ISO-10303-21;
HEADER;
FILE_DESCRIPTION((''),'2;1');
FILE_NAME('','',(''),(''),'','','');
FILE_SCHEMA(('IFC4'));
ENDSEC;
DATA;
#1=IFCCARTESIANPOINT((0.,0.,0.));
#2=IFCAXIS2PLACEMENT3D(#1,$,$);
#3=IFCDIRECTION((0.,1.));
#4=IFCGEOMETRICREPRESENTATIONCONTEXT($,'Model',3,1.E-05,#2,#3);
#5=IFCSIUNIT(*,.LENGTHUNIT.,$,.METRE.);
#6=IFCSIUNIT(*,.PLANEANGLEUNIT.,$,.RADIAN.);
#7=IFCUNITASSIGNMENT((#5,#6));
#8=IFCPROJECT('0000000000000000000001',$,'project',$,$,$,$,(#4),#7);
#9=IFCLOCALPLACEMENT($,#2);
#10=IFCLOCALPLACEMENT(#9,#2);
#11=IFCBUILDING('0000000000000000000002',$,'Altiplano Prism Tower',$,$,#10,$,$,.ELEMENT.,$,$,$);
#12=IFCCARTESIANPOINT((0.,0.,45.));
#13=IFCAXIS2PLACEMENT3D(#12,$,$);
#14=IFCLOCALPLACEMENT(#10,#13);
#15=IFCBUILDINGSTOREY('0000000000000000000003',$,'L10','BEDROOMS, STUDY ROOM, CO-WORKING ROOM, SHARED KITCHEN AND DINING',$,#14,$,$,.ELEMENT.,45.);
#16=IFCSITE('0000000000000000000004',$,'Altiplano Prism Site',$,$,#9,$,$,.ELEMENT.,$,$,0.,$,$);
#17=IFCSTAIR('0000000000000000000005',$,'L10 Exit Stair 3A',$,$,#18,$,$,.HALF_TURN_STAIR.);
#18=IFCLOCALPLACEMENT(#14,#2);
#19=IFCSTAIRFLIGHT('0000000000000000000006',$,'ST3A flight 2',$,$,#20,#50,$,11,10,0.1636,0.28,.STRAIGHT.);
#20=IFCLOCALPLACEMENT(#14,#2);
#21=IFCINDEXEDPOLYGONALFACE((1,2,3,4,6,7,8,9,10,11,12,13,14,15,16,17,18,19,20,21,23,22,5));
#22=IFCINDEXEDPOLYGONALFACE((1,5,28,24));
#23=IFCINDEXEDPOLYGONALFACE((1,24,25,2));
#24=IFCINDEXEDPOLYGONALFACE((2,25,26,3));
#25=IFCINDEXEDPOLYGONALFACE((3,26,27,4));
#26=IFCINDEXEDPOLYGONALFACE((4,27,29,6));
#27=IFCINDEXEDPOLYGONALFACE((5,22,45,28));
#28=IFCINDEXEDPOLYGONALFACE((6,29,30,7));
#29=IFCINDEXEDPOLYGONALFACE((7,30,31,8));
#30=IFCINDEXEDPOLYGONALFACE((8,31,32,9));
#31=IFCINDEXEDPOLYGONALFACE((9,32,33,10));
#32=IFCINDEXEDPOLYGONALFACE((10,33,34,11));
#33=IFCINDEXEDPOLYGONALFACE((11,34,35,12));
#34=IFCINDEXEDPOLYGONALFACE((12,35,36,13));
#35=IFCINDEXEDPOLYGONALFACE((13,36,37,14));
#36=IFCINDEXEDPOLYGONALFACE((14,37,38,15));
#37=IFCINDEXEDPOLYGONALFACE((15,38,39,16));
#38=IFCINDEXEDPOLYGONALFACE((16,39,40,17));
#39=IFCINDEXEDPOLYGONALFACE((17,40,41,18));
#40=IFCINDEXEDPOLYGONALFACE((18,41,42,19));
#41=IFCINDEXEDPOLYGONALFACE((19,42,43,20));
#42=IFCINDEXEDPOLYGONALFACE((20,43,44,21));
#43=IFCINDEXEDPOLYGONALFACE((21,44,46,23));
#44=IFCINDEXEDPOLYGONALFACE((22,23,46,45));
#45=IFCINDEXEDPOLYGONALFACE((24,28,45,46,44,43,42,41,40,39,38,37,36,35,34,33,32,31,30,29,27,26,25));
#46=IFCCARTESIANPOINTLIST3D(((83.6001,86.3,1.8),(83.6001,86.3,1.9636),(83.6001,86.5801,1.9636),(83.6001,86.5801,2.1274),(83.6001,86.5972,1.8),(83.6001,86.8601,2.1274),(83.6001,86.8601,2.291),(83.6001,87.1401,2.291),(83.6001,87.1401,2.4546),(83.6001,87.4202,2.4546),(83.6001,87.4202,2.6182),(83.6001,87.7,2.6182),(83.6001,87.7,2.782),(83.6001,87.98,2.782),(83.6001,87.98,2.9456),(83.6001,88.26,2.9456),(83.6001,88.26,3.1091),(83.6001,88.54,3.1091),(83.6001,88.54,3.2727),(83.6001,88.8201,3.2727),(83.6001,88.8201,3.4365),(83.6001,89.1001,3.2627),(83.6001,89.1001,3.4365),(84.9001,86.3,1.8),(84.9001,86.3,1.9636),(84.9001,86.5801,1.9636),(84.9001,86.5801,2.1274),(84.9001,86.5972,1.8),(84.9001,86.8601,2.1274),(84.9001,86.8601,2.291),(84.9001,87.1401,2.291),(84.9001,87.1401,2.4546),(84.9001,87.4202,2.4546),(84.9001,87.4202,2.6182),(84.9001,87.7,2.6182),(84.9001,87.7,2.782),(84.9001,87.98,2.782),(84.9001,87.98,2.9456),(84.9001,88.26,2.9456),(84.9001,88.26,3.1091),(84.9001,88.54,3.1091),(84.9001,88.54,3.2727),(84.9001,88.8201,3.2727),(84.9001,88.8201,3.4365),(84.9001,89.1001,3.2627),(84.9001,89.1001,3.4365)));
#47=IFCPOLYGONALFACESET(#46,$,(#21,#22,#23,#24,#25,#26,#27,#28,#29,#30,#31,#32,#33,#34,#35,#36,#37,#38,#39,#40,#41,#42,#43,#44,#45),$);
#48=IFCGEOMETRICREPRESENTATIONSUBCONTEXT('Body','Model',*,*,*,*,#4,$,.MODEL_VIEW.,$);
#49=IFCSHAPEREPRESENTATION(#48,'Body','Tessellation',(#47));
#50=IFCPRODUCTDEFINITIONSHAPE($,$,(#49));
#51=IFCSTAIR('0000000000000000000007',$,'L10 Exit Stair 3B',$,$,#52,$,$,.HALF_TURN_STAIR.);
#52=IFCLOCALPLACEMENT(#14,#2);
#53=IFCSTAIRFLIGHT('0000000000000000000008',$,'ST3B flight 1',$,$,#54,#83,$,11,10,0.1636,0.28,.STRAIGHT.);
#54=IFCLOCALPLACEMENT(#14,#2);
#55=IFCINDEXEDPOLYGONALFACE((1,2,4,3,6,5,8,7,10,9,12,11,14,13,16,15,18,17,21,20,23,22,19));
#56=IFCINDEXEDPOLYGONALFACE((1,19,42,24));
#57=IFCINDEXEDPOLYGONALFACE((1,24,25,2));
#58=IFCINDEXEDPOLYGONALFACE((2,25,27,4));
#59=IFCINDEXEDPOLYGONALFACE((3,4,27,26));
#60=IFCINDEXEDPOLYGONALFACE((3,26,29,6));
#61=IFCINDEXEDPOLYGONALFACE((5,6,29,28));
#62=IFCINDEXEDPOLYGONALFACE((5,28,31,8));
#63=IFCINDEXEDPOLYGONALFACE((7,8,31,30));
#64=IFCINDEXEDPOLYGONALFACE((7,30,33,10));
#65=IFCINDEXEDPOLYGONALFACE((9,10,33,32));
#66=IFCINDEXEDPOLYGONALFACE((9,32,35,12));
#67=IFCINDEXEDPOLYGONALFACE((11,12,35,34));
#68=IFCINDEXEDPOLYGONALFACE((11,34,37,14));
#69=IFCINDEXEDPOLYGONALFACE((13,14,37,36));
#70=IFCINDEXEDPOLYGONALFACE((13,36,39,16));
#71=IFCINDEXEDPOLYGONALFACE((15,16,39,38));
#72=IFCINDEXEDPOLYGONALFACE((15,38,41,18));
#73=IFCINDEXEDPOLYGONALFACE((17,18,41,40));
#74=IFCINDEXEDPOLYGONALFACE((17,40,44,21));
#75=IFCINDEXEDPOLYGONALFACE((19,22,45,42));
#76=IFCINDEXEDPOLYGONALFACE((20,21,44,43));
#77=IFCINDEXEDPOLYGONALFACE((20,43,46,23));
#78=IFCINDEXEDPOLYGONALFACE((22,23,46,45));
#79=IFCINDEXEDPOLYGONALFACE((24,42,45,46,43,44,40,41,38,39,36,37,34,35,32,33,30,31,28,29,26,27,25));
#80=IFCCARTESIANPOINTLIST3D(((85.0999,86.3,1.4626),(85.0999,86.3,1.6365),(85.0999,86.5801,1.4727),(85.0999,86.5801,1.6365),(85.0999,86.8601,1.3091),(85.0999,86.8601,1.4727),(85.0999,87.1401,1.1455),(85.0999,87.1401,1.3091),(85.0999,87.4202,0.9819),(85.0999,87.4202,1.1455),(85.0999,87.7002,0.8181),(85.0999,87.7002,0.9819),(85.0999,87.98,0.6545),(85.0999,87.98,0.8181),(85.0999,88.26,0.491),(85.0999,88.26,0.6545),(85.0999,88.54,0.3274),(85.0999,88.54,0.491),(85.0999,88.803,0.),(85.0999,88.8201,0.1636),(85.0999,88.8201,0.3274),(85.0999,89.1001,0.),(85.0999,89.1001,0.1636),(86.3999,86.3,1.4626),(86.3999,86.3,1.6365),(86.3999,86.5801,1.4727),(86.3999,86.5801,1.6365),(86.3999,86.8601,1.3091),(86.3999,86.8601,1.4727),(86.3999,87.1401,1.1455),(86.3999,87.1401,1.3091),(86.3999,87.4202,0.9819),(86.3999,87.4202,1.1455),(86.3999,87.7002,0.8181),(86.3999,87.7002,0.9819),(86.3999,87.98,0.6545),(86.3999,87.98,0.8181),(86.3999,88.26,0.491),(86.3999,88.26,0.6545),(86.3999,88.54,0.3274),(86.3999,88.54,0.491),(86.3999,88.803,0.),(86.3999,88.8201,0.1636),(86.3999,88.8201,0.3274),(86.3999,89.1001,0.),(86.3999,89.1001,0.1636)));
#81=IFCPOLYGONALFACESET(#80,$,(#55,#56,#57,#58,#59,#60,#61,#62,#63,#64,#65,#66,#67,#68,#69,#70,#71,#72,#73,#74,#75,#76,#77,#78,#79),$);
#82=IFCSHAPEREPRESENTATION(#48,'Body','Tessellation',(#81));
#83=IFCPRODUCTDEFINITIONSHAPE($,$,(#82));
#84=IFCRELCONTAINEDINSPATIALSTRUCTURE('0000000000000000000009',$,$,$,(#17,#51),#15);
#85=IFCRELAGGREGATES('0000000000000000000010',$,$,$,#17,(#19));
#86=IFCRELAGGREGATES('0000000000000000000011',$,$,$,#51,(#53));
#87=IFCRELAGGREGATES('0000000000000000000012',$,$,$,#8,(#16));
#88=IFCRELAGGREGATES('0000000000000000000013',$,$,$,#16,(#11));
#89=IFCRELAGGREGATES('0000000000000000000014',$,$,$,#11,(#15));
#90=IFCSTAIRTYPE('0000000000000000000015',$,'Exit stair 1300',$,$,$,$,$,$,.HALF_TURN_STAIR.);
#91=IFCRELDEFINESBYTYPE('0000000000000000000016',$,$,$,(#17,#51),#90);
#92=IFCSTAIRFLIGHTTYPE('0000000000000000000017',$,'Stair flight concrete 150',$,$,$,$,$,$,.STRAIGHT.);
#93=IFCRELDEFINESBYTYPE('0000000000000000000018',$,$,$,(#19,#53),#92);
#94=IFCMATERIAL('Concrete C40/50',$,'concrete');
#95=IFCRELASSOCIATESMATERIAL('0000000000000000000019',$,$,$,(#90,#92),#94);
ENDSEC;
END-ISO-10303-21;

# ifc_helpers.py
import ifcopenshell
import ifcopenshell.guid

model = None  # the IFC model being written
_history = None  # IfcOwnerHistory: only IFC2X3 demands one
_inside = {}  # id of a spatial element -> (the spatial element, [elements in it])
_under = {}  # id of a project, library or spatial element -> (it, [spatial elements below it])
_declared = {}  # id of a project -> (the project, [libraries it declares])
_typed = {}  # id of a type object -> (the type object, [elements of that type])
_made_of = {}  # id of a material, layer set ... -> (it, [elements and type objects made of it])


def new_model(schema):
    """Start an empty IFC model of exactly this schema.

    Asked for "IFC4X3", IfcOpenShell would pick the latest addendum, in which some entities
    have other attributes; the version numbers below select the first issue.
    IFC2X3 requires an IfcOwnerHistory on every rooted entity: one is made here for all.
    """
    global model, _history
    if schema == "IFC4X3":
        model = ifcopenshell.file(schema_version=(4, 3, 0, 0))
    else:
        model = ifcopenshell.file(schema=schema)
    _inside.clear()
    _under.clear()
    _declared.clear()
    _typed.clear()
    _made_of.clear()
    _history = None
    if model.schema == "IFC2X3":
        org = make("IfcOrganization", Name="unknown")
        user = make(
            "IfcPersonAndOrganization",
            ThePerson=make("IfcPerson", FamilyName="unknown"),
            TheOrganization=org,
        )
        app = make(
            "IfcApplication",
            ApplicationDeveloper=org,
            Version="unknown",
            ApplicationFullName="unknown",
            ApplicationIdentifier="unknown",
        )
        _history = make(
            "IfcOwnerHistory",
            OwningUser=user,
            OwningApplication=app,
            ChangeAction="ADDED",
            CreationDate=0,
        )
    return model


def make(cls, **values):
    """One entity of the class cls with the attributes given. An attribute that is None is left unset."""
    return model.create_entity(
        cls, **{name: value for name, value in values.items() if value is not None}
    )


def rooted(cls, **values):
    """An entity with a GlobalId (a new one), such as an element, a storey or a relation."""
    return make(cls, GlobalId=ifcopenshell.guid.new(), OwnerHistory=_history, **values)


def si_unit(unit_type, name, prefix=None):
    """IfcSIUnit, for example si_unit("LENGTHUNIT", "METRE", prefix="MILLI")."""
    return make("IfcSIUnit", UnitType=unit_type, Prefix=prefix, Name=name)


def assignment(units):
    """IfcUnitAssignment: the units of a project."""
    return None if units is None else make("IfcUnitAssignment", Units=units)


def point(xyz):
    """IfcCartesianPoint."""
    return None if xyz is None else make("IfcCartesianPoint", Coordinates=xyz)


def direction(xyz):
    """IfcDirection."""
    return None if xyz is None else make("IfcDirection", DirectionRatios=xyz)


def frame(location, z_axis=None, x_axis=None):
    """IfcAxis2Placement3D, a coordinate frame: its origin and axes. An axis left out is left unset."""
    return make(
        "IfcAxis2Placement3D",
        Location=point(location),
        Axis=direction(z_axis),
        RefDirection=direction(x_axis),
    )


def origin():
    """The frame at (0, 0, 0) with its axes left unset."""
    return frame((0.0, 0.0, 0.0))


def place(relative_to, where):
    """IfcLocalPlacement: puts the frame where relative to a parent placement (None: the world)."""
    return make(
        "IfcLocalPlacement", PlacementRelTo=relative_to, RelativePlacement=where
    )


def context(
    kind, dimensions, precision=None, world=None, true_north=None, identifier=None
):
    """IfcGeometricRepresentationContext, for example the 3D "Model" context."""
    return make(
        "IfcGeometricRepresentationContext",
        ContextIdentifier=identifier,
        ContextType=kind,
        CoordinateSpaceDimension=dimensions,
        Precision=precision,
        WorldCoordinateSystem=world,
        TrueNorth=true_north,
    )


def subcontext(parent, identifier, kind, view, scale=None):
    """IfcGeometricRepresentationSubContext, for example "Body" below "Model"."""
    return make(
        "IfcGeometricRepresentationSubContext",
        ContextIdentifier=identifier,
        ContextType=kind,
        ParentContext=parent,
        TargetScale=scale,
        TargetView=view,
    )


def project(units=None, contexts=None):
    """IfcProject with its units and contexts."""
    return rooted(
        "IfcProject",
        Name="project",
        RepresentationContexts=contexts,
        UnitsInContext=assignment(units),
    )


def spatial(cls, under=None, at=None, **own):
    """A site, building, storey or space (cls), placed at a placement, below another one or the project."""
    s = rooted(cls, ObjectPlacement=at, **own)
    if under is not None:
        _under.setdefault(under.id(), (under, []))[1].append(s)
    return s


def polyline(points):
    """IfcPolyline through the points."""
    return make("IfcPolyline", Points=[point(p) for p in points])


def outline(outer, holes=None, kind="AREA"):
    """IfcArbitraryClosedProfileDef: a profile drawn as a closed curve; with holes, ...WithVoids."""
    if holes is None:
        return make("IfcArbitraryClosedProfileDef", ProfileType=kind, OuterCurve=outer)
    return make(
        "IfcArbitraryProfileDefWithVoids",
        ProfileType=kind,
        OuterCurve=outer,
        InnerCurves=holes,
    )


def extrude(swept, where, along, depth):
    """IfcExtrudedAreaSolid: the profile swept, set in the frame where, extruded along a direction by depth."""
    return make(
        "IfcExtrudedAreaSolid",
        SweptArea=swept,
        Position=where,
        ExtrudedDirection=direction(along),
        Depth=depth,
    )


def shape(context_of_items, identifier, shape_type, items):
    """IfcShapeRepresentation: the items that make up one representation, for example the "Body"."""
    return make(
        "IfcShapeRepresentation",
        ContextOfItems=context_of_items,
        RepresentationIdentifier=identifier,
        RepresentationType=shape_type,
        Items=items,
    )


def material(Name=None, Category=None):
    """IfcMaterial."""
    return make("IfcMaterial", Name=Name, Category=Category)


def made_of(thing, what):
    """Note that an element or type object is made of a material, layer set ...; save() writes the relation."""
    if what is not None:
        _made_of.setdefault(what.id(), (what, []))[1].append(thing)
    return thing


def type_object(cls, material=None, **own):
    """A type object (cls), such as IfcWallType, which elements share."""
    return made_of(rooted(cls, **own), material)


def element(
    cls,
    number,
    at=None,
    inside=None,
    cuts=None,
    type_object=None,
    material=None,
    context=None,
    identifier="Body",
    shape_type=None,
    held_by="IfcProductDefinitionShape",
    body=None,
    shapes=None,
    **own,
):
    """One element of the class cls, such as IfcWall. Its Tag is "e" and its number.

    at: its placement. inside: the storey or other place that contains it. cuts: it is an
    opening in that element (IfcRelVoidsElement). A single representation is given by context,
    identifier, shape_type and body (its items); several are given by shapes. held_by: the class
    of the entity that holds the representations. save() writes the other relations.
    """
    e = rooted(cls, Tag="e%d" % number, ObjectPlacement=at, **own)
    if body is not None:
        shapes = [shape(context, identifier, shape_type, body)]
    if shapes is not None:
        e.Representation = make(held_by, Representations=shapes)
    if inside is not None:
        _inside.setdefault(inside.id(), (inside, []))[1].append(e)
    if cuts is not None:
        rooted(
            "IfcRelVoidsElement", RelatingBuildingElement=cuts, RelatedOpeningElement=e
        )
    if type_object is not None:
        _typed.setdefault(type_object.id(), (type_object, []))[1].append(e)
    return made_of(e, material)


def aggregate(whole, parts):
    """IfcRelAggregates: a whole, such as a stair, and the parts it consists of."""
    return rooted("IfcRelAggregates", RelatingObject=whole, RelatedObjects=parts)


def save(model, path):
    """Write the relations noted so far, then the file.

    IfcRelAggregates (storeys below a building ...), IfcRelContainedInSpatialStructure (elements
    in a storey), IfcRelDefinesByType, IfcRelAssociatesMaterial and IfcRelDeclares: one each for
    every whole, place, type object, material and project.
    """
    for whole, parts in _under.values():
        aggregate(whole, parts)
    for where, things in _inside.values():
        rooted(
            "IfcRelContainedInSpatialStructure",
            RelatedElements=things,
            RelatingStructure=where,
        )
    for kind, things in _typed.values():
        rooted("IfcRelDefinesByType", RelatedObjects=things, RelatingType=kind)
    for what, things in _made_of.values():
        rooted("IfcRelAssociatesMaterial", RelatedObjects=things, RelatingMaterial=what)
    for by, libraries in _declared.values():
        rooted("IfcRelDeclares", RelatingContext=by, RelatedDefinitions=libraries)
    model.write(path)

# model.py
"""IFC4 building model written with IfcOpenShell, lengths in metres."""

from ifc_helpers import new_model, si_unit, direction, frame, origin, place, context, subcontext, project, spatial, polyline, outline, extrude, material, type_object, element, aggregate, save


model = new_model("IFC4")

# Units and contexts
model_context = context("Model", 3, precision=1e-05, world=origin(), true_north=direction((0.0, 1.0)))
body_context = subcontext(model_context, "Body", "Model", "MODEL_VIEW")
ifc_project = project(units=[si_unit("LENGTHUNIT", "METRE"), si_unit("PLANEANGLEUNIT", "RADIAN")], contexts=[model_context])

# Site, building, storey
site_placement = place(None, origin())
site = spatial("IfcSite", under=ifc_project, at=site_placement, Name="Altiplano Prism Site", CompositionType="ELEMENT", RefElevation=0.0)
building_placement = place(site_placement, origin())
building = spatial("IfcBuilding", under=site, at=building_placement, Name="Altiplano Prism Tower", CompositionType="ELEMENT")
storey_placement = place(building_placement, frame((0.0, 0.0, 45.0)))
storey = spatial("IfcBuildingStorey", under=building, at=storey_placement, Name="L10", Description="BEDROOMS, STUDY ROOM, CO-WORKING ROOM, SHARED KITCHEN AND DINING", CompositionType="ELEMENT", Elevation=45.0)

# Stair, stair flight
ifc_material_1 = material(Name="Concrete C40/50", Category="concrete")
stair_type = type_object("IfcStairType", Name="Exit stair 1300", PredefinedType="HALF_TURN_STAIR", material=ifc_material_1)
stair_1_placement = place(storey_placement, origin())
stair_1 = element("IfcStair", 1, at=stair_1_placement, inside=storey, type_object=stair_type, Name="L10 Exit Stair 3A", PredefinedType="HALF_TURN_STAIR")
stair_flight_type = type_object("IfcStairFlightType", Name="Stair flight concrete 150", PredefinedType="STRAIGHT", material=ifc_material_1)
stair_flight_1_placement = place(storey_placement, frame((84.25, 86.3, 1.8), z_axis=(0.0, 0.0, 1.0), x_axis=(0.0, 1.0, 0.0)))
stair_flight_1 = element("IfcStairFlight", 2, at=stair_flight_1_placement, type_object=stair_flight_type, Name="ST3A flight 2", NumberOfRisers=11, NumberOfTreads=10, PredefinedType="STRAIGHT", RiserHeight=0.1636, TreadLength=0.28, context=body_context, shape_type="SweptSolid", body=[
    extrude(outline(polyline([(0.0, 0.0), (0.0, 0.1636), (0.28, 0.1636), (0.28, 0.3274), (0.5601, 0.3274), (0.5601, 0.491), (0.8401, 0.491), (0.8401, 0.6545), (1.1201, 0.6545), (1.1201, 0.8181), (1.3999, 0.8181), (1.3999, 0.9819), (1.6799, 0.9819), (1.6799, 1.1455), (1.96, 1.1455), (1.96, 1.3091), (2.24, 1.3091), (2.24, 1.4727), (2.52, 1.4727), (2.52, 1.6365), (2.8, 1.6365), (2.8, 1.8), (2.8, 1.4626), (0.2971, 0.0), (0.0, 0.0)])), frame((0.0, 0.6499, 0.0), z_axis=(0.0, -1.0, 0.0), x_axis=(1.0, 0.0, 0.0)), (0.0, 0.0, 1.0), 1.3),
])
aggregate(stair_1, [stair_flight_1])

# Stair, stair flight
stair_2_placement = place(storey_placement, origin())
stair_2 = element("IfcStair", 3, at=stair_2_placement, inside=storey, type_object=stair_type, Name="L10 Exit Stair 3B", PredefinedType="HALF_TURN_STAIR")
stair_flight_2_placement = place(storey_placement, frame((85.75, 89.1001, 0.0), z_axis=(0.0, 0.0, 1.0), x_axis=(0.0, -1.0, 0.0)))
stair_flight_2 = element("IfcStairFlight", 4, at=stair_flight_2_placement, type_object=stair_flight_type, Name="ST3B flight 1", NumberOfRisers=11, NumberOfTreads=10, PredefinedType="STRAIGHT", RiserHeight=0.1636, TreadLength=0.28, context=body_context, shape_type="SweptSolid", body=[
    extrude(outline(polyline([(0.0, 0.0), (0.0, 0.1636), (0.28, 0.1636), (0.28, 0.3274), (0.5601, 0.3274), (0.5601, 0.491), (0.8401, 0.491), (0.8401, 0.6545), (1.1201, 0.6545), (1.1201, 0.8181), (1.3999, 0.8181), (1.3999, 0.9819), (1.6799, 0.9819), (1.6799, 1.1455), (1.96, 1.1455), (1.96, 1.3091), (2.24, 1.3091), (2.24, 1.4727), (2.52, 1.4727), (2.52, 1.6365), (2.8, 1.6365), (2.8, 1.8), (2.8, 1.4626), (0.2971, 0.0), (0.0, 0.0)])), frame((0.0, 0.6499, 0.0), z_axis=(0.0, -1.0, 0.0), x_axis=(1.0, 0.0, 0.0)), (0.0, 0.0, 1.0), 1.3),
])
aggregate(stair_2, [stair_flight_2])

save(model, "model.ifc")
